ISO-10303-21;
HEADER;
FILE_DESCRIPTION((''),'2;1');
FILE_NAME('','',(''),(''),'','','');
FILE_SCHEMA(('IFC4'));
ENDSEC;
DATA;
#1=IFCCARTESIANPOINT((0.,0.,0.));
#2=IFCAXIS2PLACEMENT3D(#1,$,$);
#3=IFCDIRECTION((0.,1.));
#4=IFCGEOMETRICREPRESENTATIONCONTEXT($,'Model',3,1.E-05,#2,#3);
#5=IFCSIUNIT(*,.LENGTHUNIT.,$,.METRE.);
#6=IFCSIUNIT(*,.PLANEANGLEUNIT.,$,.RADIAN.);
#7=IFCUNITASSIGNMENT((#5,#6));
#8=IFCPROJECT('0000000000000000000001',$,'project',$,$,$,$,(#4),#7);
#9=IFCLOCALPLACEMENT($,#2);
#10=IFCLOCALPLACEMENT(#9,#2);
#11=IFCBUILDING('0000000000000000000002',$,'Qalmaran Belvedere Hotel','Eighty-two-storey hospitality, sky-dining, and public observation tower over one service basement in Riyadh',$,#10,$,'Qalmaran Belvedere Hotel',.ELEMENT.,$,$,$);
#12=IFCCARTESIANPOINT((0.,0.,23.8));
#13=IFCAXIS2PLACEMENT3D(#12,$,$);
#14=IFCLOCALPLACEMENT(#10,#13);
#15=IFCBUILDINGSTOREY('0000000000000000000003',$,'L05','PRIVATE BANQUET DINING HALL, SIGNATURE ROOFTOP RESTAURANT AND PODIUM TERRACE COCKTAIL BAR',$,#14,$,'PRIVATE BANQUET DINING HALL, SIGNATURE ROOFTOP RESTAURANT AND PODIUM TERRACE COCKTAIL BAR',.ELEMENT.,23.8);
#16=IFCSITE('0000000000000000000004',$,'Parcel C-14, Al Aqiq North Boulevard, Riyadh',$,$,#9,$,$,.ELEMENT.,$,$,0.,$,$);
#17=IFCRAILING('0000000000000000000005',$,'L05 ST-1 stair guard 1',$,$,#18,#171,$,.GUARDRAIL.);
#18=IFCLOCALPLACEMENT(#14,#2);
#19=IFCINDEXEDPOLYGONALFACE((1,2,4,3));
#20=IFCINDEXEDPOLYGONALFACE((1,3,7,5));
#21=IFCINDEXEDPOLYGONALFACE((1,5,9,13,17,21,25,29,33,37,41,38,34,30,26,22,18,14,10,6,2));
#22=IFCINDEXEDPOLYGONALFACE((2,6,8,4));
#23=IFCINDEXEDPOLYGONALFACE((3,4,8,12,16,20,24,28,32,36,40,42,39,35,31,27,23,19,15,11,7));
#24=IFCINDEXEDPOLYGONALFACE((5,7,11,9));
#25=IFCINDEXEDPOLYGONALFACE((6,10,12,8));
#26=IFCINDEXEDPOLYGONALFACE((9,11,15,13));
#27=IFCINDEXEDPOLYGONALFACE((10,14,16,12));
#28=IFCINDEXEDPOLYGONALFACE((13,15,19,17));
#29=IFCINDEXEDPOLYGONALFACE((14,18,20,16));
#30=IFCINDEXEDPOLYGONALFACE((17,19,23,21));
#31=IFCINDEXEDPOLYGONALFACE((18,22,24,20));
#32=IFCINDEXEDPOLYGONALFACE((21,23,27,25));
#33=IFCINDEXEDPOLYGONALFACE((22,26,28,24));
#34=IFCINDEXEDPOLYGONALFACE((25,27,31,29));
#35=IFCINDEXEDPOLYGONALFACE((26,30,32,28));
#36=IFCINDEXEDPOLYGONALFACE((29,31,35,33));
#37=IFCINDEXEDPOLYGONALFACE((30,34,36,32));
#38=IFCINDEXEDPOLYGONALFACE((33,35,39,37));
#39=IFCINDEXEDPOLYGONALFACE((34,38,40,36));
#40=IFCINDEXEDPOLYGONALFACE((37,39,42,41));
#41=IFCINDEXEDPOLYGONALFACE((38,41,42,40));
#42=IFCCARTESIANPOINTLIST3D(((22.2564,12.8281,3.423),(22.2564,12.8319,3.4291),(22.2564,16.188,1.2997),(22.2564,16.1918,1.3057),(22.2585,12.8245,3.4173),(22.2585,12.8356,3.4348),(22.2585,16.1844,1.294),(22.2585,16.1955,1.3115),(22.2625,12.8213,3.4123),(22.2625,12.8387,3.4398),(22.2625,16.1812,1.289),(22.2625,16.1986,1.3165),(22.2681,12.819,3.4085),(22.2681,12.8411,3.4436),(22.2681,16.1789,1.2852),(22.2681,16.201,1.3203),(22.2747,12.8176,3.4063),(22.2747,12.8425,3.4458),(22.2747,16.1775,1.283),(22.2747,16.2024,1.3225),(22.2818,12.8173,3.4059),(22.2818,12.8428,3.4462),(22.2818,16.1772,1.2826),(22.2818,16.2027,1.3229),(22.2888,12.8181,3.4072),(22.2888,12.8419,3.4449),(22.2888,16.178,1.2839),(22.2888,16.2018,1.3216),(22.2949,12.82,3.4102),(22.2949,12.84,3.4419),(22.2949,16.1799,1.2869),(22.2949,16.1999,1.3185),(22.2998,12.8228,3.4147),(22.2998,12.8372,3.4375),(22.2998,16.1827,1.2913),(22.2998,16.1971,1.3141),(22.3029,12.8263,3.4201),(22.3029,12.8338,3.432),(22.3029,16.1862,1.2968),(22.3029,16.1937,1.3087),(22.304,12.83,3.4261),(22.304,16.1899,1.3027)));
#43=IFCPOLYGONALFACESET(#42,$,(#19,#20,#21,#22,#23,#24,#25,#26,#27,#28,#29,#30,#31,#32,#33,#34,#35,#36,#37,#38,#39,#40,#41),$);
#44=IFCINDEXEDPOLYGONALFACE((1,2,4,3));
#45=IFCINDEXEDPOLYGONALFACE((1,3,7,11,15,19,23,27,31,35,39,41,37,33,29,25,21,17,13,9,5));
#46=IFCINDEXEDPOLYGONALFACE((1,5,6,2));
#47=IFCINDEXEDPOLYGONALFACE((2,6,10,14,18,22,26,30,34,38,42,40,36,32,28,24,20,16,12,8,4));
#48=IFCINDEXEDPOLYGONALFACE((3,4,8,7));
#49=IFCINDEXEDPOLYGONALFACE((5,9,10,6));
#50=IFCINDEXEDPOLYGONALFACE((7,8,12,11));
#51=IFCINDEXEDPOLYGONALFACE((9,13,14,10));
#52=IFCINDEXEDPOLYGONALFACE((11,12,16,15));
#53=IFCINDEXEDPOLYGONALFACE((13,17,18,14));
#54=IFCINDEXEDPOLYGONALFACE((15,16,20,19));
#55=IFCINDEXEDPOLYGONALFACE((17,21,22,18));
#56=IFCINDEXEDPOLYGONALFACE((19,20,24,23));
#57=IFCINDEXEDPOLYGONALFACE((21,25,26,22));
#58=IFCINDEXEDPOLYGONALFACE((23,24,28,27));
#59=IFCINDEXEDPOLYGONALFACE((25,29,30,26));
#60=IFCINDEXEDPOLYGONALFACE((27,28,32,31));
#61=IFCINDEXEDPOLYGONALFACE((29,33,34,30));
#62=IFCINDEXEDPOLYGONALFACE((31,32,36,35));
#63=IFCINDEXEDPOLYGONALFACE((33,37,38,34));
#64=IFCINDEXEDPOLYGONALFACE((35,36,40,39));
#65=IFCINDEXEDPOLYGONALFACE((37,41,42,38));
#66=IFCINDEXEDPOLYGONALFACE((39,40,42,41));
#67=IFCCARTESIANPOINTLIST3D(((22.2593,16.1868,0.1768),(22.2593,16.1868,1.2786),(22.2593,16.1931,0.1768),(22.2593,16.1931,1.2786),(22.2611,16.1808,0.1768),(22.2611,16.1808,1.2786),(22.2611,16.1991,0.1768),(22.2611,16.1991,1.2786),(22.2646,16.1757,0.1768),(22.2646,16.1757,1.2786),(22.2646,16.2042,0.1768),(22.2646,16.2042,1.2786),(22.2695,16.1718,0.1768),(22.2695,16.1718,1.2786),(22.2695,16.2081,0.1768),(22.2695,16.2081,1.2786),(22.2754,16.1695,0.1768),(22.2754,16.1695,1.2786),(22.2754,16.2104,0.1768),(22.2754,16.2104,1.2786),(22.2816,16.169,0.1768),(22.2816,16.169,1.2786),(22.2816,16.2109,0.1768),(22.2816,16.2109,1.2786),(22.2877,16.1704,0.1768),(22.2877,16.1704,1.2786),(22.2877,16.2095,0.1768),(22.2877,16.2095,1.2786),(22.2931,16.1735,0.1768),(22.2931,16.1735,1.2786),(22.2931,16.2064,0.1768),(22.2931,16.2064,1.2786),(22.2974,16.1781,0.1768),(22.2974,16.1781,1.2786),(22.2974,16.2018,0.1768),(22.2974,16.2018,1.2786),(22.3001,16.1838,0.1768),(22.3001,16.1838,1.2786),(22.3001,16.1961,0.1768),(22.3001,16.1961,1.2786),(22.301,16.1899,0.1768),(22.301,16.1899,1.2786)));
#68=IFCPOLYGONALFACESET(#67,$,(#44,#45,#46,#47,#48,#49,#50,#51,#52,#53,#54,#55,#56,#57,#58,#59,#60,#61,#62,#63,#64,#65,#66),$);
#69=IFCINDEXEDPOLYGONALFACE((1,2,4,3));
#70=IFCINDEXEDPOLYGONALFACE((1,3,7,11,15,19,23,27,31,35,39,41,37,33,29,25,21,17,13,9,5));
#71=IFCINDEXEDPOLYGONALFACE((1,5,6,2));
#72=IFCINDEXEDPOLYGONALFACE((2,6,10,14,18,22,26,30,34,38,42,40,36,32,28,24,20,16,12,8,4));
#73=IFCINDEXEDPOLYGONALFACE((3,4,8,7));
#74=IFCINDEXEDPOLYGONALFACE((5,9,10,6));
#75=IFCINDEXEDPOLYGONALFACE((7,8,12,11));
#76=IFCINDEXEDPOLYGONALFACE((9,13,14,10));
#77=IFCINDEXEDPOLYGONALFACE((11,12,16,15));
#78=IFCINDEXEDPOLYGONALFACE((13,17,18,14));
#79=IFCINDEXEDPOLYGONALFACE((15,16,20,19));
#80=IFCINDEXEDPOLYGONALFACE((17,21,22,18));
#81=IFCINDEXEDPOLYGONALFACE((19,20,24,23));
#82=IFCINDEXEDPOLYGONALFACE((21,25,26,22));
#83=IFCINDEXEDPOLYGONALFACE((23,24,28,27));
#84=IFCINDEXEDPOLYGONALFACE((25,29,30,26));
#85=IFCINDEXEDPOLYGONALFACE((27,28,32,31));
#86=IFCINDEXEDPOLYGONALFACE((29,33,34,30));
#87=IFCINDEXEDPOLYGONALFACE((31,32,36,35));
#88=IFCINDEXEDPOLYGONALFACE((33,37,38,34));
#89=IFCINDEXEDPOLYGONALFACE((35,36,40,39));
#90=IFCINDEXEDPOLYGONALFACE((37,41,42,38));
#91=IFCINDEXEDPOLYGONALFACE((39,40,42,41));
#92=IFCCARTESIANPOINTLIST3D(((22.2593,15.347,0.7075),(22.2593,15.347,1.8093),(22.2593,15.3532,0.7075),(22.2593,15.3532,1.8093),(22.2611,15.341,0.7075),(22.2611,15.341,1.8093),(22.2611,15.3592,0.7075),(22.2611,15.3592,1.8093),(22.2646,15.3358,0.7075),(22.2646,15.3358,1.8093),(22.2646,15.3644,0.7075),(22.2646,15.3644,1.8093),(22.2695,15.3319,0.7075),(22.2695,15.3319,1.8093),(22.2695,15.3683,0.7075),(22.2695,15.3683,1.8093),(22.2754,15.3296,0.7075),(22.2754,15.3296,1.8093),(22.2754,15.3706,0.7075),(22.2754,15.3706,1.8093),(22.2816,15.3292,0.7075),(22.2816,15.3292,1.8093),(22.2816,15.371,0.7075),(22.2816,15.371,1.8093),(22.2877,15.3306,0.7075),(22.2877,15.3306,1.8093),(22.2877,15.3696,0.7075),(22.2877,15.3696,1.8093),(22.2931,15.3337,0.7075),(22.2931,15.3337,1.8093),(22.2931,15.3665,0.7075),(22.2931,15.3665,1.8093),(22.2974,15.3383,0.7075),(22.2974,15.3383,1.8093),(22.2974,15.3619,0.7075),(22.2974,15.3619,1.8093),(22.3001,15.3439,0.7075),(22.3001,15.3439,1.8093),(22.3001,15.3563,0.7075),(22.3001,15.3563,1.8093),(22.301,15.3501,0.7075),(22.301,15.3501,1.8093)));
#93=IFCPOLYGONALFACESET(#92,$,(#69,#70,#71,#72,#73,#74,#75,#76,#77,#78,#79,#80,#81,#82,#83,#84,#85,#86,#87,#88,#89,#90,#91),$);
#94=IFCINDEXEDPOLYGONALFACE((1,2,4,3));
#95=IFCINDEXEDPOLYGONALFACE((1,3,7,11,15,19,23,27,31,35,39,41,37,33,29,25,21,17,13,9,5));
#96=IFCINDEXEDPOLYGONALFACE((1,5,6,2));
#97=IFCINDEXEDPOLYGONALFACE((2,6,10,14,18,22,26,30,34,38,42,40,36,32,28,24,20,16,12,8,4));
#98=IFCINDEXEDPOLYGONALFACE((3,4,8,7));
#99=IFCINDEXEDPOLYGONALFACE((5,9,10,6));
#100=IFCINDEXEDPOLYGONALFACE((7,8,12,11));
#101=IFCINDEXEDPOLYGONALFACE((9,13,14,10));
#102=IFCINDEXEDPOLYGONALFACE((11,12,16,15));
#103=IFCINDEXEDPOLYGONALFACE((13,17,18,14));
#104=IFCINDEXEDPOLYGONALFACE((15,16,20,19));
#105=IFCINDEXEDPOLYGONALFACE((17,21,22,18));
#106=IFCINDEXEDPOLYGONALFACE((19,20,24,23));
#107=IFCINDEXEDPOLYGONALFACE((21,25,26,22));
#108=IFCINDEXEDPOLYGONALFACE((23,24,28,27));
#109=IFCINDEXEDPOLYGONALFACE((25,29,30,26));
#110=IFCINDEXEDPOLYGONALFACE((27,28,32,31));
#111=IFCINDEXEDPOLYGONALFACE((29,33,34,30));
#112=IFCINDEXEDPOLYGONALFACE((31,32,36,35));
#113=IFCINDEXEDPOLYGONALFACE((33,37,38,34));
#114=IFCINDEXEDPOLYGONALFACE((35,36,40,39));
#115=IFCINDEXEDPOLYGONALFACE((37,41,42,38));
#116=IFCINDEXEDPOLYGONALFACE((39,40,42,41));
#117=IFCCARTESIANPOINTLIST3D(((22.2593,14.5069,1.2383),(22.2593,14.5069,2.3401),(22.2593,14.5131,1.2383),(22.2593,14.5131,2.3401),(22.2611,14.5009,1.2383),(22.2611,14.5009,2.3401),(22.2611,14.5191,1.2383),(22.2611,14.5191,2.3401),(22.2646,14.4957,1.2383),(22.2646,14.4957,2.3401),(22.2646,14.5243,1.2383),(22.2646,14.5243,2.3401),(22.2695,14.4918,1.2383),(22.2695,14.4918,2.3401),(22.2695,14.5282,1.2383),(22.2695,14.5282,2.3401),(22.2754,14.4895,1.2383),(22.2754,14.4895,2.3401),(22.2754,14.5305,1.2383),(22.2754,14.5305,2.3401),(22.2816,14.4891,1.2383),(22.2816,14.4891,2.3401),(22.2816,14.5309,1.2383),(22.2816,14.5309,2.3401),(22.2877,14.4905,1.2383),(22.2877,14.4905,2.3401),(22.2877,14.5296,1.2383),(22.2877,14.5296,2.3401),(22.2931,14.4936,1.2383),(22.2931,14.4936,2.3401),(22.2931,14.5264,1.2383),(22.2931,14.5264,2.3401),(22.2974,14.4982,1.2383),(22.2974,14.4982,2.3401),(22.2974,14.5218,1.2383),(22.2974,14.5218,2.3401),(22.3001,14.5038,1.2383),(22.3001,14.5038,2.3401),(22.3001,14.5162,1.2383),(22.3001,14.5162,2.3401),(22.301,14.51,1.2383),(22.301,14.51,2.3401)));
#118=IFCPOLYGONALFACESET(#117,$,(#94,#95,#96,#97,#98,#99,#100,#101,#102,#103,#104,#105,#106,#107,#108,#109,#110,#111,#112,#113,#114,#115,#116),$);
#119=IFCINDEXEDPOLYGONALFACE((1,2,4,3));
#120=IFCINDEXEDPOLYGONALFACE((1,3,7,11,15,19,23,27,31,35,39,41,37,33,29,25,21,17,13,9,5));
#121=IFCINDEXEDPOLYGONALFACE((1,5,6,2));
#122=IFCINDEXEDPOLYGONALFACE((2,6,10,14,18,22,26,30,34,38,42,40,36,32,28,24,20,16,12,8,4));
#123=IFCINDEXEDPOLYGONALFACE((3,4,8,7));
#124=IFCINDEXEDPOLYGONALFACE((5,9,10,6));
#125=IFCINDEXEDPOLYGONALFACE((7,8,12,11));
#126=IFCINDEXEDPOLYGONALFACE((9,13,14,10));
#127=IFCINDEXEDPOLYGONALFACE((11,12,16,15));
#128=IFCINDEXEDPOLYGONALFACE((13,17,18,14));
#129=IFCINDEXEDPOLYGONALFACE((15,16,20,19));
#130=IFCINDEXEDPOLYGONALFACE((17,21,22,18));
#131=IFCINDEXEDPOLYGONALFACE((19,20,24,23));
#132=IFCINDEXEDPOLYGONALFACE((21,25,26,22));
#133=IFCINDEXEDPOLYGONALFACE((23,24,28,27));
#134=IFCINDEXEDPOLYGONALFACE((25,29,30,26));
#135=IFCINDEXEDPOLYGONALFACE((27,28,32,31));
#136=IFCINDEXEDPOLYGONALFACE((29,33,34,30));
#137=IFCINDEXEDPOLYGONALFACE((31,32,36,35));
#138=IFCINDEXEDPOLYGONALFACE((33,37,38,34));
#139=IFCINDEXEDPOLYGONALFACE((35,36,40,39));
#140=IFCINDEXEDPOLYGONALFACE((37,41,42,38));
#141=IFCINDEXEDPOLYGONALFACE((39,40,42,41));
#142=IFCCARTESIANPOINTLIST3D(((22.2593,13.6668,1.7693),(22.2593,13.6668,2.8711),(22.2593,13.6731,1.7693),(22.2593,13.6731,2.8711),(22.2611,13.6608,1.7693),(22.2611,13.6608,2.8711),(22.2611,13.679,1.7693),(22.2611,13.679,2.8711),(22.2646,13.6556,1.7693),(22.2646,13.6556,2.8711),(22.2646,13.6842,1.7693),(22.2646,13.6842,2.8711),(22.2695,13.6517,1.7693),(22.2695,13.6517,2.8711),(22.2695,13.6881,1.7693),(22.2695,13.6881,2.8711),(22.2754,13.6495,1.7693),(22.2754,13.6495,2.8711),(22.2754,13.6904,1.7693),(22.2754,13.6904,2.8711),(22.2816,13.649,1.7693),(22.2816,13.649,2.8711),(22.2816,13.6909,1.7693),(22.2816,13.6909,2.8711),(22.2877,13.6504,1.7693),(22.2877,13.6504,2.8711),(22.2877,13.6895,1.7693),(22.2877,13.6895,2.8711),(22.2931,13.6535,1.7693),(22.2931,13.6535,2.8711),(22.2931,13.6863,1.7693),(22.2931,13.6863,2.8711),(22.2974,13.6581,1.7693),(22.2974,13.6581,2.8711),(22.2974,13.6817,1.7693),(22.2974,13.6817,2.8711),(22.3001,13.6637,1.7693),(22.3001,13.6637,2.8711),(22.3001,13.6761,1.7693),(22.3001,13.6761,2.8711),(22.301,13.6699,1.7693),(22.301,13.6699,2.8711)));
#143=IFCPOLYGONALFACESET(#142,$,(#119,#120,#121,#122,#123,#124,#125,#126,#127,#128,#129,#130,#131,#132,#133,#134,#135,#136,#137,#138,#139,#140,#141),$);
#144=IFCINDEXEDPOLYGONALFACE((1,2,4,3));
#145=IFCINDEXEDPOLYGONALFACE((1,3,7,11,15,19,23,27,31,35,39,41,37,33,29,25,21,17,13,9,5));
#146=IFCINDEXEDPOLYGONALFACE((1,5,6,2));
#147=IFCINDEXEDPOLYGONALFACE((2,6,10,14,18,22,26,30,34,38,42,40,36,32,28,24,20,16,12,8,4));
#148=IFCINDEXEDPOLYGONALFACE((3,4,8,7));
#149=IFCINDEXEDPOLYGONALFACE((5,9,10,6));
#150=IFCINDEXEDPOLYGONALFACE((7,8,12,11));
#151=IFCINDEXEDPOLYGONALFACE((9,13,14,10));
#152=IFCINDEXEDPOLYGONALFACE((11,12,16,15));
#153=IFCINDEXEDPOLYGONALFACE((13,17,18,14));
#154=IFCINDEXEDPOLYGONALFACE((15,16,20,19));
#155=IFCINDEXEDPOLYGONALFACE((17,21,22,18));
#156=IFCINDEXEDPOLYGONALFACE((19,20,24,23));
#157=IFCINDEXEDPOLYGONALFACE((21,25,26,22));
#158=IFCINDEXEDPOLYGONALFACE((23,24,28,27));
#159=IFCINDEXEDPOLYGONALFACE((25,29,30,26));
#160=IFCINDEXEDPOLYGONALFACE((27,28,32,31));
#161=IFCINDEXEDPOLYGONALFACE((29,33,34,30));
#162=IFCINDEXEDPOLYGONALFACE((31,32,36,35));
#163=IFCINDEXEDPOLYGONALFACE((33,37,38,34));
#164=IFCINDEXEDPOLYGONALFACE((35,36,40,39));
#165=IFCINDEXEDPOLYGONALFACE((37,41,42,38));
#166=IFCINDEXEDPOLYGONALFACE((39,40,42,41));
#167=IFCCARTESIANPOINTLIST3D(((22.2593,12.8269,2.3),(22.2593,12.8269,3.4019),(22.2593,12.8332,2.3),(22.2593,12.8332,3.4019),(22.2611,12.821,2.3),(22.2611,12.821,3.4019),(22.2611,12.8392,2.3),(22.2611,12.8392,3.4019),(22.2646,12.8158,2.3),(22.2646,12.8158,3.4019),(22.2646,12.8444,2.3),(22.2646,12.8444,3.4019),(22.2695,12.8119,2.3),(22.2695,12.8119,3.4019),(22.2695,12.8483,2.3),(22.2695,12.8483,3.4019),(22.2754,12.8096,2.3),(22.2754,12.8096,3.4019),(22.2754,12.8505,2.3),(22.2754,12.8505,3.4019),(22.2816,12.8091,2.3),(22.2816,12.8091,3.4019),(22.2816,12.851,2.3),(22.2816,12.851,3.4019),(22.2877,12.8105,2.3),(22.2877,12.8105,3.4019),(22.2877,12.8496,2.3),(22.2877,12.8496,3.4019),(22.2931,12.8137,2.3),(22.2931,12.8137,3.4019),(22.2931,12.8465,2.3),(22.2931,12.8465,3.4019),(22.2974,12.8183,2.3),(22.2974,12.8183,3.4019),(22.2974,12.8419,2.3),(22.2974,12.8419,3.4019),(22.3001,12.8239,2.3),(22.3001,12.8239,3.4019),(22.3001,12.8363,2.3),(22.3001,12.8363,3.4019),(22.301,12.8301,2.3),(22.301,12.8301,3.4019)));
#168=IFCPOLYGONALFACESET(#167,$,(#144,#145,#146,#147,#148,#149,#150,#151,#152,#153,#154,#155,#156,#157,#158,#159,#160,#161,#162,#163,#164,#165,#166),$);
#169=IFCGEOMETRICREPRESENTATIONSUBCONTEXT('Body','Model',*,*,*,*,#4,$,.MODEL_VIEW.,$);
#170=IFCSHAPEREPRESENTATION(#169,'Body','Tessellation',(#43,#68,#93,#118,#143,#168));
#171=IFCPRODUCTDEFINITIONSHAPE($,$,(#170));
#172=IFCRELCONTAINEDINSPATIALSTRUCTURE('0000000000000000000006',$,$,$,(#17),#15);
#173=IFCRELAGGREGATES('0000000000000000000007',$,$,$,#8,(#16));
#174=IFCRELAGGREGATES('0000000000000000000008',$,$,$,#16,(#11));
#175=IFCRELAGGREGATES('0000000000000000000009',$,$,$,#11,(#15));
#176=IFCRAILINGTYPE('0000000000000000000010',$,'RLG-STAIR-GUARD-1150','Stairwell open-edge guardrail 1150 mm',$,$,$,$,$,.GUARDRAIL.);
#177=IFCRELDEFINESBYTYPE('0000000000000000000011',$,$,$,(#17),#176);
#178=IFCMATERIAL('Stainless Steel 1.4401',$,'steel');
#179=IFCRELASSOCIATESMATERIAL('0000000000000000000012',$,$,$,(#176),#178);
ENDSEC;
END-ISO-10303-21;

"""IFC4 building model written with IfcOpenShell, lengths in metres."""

from ifc_helpers import new_model, si_unit, direction, frame, origin, origin_2d, place, context, subcontext, project, spatial, circle, extrude, material, type_object, element, save


model = new_model("IFC4")

# Units and contexts
model_context = context("Model", 3, precision=1e-05, world=origin(), true_north=direction((0.0, 1.0)))
body_context = subcontext(model_context, "Body", "Model", "MODEL_VIEW")
ifc_project = project(units=[si_unit("LENGTHUNIT", "METRE"), si_unit("PLANEANGLEUNIT", "RADIAN")], contexts=[model_context])

# Site, building, storey
site_placement = place(None, origin())
site = spatial("IfcSite", under=ifc_project, at=site_placement, Name="Parcel C-14, Al Aqiq North Boulevard, Riyadh", CompositionType="ELEMENT", RefElevation=0.0)
building_placement = place(site_placement, origin())
building = spatial("IfcBuilding", under=site, at=building_placement, Name="Qalmaran Belvedere Hotel", Description="Eighty-two-storey hospitality, sky-dining, and public observation tower over one service basement in Riyadh", LongName="Qalmaran Belvedere Hotel", CompositionType="ELEMENT")
storey_placement = place(building_placement, frame((0.0, 0.0, 23.8)))
storey = spatial("IfcBuildingStorey", under=building, at=storey_placement, Name="L05", Description="PRIVATE BANQUET DINING HALL, SIGNATURE ROOFTOP RESTAURANT AND PODIUM TERRACE COCKTAIL BAR", LongName="PRIVATE BANQUET DINING HALL, SIGNATURE ROOFTOP RESTAURANT AND PODIUM TERRACE COCKTAIL BAR", CompositionType="ELEMENT", Elevation=23.8)

# Railing
ifc_material_1 = material(Name="Stainless Steel 1.4401", Category="steel")
railing_type_1 = type_object("IfcRailingType", Name="RLG-STAIR-GUARD-1150", Description="Stairwell open-edge guardrail 1150 mm", PredefinedType="GUARDRAIL", material=ifc_material_1)
railing_1_placement = place(storey_placement, frame((22.28, 16.1899, 0.1768)))
element("IfcRailing", 1, at=railing_1_placement, inside=storey, type_object=railing_type_1, Name="L05 ST-1 stair guard 1", PredefinedType="GUARDRAIL", context=body_context, shape_type="SweptSolid", body=[
    extrude(circle(Radius=0.0239, at=origin_2d()), frame((0.0, 0.0, 1.126), z_axis=(0.0, -0.845344, 0.534222), x_axis=(1.0, 0.0, 0.0)), (0.0, 0.0, 1.0), 3.9746),
    extrude(circle(Radius=0.021, at=origin_2d()), origin(), (0.0, 0.0, 1.0), 1.1018),
    extrude(circle(Radius=0.021, at=origin_2d()), frame((0.0, -0.8398, 0.5308)), (0.0, 0.0, 1.0), 1.1018),
    extrude(circle(Radius=0.021, at=origin_2d()), frame((0.0, -1.6799, 1.0615)), (0.0, 0.0, 1.0), 1.1018),
    extrude(circle(Radius=0.021, at=origin_2d()), frame((0.0, -2.52, 1.5925)), (0.0, 0.0, 1.0), 1.1018),
    extrude(circle(Radius=0.021, at=origin_2d()), frame((0.0, -3.3599, 2.1233)), (0.0, 0.0, 1.0), 1.1018),
])

save(model, "model.ifc")
